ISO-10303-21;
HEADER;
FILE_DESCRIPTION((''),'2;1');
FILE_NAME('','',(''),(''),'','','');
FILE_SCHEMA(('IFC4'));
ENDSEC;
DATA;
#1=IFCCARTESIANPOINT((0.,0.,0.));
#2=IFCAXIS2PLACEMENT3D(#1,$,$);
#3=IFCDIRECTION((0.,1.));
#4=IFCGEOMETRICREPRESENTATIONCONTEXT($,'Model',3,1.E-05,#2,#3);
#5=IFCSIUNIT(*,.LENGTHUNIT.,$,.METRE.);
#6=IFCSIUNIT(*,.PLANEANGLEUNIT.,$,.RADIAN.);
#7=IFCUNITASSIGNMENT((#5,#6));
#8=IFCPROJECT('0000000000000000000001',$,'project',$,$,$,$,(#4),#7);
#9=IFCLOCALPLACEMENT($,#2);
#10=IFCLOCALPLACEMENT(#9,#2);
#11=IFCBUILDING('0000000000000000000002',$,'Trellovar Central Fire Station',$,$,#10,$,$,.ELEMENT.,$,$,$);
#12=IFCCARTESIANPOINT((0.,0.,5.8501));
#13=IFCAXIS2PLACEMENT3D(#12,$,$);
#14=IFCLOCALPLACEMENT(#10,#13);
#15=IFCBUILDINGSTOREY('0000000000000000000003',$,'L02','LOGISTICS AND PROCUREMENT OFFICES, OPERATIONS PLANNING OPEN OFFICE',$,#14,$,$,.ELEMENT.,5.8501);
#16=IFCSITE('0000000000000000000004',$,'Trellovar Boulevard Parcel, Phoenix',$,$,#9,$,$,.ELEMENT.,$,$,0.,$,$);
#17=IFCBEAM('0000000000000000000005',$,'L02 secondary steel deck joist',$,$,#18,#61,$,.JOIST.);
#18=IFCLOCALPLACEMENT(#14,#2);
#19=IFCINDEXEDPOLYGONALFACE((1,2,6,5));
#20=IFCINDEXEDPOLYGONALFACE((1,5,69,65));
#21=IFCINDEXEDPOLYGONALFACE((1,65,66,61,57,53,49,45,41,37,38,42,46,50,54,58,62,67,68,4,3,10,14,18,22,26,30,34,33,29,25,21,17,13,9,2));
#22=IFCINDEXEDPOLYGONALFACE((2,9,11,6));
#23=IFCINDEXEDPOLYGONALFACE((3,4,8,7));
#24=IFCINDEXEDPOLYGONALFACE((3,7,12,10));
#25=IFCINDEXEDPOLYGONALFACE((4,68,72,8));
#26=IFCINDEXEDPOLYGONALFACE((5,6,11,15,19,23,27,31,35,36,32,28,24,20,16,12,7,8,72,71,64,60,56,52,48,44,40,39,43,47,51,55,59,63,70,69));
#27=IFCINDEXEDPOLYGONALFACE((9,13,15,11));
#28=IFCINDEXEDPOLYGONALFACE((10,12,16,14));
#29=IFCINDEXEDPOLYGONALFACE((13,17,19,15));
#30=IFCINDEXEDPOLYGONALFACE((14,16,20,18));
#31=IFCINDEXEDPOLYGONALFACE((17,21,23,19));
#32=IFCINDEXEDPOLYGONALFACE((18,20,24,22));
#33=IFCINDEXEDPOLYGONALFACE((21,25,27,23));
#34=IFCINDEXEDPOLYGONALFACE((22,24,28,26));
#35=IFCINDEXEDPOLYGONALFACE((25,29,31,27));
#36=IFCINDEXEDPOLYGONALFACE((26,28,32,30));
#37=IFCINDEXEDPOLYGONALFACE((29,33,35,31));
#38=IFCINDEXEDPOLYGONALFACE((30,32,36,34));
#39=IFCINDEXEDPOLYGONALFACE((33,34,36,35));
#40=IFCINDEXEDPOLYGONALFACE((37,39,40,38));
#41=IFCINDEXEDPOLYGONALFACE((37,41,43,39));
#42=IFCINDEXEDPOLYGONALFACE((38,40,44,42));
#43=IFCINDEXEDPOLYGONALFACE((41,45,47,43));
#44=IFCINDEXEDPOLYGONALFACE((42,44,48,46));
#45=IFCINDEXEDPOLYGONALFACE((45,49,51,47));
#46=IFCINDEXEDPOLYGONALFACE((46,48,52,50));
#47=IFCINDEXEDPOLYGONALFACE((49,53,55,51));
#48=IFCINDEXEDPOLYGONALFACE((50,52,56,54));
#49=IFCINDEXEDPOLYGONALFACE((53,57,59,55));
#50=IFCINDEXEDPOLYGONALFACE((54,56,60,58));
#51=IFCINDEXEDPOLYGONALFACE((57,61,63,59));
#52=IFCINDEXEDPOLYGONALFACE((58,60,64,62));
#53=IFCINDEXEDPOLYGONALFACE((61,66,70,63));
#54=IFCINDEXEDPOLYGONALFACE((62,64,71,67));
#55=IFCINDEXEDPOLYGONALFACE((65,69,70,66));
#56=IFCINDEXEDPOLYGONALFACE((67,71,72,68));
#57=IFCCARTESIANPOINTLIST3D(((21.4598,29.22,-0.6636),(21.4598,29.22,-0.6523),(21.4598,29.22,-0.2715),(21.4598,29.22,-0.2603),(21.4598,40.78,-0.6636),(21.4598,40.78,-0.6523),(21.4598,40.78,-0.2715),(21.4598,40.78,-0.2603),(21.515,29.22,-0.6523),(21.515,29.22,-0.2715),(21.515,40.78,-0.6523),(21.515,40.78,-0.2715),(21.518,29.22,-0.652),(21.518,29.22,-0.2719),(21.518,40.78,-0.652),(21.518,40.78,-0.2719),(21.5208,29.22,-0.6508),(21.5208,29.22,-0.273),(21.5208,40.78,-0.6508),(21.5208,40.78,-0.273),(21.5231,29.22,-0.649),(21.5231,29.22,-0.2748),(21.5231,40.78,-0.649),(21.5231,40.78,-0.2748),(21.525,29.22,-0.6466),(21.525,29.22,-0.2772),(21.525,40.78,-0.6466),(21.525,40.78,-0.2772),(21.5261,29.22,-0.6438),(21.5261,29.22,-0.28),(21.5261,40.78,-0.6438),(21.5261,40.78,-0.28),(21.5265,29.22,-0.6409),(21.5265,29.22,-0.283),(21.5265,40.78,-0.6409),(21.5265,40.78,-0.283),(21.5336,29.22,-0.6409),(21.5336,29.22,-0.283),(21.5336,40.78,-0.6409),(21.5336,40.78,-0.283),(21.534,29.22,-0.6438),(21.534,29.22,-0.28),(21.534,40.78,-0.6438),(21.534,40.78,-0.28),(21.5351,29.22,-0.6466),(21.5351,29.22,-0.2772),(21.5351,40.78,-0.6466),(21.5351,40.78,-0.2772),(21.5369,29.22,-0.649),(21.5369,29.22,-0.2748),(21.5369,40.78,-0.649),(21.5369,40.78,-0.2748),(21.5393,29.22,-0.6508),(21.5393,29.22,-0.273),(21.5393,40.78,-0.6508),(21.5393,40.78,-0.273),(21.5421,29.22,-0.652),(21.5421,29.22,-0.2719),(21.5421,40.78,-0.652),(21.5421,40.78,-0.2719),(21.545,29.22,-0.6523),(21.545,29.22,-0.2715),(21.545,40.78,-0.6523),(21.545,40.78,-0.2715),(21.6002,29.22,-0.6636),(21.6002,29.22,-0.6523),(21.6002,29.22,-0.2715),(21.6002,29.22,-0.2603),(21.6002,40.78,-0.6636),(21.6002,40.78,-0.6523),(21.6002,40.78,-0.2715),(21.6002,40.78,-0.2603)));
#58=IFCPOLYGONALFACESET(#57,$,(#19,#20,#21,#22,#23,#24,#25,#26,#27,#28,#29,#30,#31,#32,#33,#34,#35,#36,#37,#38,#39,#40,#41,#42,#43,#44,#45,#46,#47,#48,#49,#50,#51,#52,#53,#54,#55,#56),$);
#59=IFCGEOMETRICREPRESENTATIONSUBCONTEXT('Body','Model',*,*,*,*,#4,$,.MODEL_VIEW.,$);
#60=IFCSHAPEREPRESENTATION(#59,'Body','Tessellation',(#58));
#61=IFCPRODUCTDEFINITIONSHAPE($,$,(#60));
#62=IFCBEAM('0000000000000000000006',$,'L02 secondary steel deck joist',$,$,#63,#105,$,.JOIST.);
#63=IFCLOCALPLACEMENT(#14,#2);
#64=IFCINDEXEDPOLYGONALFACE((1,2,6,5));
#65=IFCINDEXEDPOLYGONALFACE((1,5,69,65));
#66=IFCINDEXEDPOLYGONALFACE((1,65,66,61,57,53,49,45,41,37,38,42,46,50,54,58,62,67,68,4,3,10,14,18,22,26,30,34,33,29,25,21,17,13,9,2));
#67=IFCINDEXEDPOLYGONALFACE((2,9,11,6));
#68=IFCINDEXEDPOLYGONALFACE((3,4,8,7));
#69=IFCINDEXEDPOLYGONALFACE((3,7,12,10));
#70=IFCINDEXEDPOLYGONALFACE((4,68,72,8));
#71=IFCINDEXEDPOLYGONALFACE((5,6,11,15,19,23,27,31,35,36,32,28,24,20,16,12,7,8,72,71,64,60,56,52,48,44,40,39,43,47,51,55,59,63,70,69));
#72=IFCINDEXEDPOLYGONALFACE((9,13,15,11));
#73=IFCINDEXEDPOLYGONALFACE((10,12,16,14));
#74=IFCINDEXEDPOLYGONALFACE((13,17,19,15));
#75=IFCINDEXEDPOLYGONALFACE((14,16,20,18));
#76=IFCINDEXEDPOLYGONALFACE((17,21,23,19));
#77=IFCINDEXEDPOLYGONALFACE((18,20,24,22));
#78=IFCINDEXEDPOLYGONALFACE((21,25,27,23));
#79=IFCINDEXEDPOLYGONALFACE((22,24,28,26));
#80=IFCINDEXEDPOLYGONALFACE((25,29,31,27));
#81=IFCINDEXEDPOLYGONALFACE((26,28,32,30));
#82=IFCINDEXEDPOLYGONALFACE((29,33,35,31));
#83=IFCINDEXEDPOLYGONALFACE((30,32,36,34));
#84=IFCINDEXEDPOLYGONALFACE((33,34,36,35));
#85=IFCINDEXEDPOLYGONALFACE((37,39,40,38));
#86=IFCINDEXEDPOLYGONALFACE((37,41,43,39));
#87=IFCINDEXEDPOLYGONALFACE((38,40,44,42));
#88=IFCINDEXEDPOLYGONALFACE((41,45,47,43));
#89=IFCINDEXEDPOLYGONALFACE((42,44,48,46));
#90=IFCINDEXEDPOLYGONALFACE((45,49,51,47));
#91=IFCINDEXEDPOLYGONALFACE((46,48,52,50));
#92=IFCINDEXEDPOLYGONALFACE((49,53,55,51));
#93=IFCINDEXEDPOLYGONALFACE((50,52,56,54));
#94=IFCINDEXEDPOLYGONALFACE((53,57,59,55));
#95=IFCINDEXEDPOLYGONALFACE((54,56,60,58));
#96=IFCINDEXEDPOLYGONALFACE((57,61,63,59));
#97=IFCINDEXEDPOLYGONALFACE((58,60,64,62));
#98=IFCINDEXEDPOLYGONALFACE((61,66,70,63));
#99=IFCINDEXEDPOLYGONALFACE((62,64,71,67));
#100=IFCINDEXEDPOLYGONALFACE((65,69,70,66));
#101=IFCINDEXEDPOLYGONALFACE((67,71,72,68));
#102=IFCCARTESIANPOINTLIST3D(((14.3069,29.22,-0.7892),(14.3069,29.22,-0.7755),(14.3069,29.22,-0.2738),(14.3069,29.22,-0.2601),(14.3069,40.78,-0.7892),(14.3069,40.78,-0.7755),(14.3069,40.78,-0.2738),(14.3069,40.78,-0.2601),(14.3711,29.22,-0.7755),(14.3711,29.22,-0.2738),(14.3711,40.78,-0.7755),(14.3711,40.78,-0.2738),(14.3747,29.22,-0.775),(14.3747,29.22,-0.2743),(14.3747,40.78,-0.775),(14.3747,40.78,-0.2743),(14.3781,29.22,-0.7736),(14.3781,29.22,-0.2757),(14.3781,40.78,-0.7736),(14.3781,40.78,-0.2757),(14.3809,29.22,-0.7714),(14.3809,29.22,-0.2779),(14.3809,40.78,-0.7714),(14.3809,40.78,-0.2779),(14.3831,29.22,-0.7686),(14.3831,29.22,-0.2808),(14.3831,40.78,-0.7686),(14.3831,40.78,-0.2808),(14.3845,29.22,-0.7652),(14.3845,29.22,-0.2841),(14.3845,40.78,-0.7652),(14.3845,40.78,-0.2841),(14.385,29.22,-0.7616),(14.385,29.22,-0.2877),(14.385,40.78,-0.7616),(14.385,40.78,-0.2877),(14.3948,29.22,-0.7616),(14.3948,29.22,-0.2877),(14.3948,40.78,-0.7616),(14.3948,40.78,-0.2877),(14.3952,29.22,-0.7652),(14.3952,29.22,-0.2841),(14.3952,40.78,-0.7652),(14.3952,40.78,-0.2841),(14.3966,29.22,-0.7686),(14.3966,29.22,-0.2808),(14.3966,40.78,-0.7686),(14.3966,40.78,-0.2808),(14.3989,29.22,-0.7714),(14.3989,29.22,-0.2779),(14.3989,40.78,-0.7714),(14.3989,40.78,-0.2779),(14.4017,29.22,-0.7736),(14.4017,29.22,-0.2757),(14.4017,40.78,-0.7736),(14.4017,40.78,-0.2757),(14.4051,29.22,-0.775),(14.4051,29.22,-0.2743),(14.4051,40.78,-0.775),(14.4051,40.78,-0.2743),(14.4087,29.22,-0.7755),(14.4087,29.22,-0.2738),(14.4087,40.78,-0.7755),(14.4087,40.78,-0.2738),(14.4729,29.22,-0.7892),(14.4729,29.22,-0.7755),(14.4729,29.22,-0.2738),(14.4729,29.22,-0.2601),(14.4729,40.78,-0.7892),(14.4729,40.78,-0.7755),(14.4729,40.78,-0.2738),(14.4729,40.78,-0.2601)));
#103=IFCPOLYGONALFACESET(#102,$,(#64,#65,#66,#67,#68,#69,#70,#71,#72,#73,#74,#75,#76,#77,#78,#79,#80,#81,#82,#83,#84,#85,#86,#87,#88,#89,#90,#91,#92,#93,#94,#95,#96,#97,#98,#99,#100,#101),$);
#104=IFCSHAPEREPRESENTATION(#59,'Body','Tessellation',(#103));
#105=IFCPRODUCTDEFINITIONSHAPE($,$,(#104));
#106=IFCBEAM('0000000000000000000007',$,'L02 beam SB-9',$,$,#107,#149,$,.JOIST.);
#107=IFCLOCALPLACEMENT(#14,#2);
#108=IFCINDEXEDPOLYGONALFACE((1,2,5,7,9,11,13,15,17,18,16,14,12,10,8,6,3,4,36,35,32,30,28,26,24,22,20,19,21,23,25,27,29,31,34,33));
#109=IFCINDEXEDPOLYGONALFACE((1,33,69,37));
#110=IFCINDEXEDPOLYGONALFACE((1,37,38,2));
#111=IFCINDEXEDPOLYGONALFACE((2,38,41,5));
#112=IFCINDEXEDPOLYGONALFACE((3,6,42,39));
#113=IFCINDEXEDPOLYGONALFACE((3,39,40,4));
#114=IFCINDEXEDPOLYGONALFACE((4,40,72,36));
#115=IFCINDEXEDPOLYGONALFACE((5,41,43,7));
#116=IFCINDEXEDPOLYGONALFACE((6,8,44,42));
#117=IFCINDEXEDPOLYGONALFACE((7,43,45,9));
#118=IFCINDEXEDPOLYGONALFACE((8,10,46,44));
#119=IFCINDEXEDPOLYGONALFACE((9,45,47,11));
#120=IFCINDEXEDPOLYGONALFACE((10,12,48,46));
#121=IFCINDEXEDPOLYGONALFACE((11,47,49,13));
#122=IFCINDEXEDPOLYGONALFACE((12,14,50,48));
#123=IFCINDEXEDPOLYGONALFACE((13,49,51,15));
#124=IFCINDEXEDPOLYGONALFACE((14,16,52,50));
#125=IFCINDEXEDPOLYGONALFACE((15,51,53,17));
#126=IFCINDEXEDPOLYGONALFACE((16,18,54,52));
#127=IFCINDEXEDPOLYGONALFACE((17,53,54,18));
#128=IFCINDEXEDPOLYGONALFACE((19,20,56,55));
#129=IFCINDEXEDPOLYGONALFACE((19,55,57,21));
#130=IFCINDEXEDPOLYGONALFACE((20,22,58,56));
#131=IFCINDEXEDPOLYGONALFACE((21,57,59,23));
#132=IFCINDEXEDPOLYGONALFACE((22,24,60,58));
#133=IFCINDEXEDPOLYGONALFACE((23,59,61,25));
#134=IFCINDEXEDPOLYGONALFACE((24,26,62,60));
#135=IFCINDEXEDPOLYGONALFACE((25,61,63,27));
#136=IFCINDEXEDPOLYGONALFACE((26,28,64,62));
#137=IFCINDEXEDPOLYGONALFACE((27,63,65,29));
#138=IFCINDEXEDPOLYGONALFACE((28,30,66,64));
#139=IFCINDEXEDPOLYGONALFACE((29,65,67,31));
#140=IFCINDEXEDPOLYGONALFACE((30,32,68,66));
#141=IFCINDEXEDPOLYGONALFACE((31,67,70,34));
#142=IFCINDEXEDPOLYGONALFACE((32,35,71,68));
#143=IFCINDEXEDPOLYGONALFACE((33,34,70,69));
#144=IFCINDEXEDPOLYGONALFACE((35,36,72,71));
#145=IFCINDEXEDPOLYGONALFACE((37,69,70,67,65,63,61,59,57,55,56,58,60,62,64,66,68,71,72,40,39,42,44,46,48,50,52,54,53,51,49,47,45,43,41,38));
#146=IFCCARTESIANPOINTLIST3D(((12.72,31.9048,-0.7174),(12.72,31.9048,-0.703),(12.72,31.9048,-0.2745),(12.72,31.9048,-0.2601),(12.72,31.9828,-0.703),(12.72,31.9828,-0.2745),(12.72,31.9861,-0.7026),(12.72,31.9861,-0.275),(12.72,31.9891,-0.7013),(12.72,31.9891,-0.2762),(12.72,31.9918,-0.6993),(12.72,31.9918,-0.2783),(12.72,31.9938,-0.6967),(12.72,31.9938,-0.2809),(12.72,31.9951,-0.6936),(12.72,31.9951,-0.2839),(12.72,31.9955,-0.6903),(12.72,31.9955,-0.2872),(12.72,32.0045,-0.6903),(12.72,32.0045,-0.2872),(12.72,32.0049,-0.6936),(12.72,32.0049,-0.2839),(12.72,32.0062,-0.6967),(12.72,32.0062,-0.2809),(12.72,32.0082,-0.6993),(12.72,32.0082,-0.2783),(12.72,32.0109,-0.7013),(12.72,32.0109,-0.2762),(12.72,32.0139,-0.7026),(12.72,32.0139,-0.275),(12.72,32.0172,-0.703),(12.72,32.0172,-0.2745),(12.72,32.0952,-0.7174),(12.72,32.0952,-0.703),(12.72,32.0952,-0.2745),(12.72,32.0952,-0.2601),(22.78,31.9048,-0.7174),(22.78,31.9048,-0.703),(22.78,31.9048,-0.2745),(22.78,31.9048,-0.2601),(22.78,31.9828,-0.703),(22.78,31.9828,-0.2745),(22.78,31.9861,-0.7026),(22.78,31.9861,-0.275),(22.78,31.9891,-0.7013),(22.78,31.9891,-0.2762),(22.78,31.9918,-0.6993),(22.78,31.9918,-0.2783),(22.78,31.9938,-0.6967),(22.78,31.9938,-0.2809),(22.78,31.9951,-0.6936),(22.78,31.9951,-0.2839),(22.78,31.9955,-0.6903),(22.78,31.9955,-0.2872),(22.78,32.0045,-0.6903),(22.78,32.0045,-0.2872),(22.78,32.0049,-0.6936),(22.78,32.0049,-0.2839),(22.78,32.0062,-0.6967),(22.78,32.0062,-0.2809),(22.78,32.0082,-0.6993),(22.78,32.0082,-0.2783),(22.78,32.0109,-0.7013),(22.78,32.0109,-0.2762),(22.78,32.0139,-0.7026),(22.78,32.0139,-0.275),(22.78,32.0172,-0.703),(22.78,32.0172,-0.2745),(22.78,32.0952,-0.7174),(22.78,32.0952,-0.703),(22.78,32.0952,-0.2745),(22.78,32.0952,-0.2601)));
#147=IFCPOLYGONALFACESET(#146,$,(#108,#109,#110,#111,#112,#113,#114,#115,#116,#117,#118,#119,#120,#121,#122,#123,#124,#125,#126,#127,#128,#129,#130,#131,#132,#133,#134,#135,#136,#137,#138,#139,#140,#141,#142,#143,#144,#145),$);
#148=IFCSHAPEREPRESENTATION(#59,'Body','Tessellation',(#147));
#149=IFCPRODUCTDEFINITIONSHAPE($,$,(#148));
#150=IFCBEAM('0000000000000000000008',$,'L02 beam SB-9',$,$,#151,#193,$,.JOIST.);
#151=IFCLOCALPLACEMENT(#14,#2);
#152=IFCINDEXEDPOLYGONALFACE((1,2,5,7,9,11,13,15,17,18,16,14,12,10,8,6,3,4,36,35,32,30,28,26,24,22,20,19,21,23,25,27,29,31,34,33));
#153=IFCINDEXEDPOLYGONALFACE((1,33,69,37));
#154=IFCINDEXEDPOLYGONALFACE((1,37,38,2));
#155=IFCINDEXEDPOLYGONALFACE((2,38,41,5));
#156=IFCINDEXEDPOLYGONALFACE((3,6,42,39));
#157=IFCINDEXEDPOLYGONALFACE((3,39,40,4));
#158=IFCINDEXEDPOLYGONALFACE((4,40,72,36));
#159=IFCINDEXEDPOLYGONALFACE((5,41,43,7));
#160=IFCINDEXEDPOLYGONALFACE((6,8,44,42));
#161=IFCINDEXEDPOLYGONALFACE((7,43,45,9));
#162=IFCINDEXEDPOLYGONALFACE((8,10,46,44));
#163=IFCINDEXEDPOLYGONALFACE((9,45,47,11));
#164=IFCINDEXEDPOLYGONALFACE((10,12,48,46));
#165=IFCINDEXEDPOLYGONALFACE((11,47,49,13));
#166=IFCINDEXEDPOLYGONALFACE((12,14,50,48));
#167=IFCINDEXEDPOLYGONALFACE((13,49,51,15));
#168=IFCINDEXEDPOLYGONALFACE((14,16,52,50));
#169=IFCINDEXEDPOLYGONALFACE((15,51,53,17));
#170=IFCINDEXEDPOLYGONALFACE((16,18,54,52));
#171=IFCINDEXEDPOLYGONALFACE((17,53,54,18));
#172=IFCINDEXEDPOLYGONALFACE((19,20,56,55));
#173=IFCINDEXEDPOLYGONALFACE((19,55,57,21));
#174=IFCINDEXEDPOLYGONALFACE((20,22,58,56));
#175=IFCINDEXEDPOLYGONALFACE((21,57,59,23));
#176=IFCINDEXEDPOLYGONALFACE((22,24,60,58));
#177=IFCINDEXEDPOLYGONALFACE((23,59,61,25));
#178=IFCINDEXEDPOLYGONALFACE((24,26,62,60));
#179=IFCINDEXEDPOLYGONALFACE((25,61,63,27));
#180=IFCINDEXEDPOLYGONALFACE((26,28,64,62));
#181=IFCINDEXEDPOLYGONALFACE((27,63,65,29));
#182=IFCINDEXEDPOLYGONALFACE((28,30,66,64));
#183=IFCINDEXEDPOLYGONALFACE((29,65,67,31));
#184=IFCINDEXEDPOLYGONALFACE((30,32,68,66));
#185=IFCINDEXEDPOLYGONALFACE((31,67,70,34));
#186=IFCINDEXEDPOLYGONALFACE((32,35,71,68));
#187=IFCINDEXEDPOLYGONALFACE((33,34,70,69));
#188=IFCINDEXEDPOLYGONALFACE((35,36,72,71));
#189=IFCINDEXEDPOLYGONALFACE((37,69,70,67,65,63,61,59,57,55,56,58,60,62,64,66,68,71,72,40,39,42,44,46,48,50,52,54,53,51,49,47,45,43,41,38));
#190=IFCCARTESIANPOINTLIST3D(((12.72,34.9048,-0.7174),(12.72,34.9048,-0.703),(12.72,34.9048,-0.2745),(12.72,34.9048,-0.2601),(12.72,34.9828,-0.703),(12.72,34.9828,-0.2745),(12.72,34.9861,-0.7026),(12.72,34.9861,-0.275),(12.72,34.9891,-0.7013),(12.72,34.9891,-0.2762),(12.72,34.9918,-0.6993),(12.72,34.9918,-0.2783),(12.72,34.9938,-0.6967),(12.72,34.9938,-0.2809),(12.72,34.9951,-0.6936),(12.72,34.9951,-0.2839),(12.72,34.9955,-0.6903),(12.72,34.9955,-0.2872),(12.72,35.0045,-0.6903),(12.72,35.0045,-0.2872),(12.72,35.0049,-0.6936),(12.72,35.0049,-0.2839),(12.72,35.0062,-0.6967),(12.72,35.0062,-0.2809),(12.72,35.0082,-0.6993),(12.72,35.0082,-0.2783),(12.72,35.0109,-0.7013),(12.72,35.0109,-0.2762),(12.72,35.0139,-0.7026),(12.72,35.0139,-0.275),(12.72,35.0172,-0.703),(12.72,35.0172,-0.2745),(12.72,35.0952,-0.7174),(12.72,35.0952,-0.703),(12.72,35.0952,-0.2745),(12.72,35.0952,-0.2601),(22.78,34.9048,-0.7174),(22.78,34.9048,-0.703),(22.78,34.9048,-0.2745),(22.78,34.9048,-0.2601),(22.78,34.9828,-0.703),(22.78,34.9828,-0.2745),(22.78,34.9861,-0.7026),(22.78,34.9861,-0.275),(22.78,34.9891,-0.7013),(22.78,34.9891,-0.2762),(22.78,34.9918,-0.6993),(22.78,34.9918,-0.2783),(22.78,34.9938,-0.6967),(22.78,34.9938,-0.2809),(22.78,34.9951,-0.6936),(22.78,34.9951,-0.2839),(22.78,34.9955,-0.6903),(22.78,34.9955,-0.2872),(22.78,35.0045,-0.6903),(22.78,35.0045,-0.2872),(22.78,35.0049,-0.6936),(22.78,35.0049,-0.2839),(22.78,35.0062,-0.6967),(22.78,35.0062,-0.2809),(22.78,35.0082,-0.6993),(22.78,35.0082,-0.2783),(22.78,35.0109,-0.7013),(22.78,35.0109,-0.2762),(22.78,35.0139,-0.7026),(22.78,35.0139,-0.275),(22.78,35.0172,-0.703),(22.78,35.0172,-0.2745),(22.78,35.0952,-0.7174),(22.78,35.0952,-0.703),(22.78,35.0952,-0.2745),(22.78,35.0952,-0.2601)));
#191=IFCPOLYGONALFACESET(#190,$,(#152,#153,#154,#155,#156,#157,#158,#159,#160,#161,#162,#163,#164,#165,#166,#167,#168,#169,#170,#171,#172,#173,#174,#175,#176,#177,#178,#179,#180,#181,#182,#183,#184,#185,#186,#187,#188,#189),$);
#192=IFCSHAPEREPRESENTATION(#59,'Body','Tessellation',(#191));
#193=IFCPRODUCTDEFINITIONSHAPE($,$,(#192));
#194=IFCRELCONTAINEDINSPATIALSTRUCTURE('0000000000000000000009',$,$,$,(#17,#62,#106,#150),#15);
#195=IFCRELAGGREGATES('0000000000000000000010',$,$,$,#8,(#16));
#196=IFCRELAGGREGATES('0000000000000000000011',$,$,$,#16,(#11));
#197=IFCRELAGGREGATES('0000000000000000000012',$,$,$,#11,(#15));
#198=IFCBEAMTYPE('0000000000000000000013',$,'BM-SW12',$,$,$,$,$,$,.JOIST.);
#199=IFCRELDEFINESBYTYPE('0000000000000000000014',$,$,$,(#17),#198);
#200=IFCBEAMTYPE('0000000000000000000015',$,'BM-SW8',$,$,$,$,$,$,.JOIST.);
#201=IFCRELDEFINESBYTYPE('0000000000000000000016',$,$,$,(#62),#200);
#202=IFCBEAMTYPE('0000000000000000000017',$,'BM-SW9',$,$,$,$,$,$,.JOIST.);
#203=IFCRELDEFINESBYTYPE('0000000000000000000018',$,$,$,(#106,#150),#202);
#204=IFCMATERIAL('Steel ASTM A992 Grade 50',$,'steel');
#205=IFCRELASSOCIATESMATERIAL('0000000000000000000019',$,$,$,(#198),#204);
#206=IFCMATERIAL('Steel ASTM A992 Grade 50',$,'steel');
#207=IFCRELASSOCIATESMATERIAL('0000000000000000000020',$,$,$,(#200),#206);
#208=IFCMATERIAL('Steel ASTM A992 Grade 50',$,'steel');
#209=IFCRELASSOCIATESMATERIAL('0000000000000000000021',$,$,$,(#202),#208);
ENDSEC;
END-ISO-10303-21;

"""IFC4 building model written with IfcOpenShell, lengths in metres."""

from ifc_helpers import new_model, si_unit, direction, frame, origin, origin_2d, place, context, subcontext, project, spatial, i_section, extrude, material, material_profile, profile_set, type_object, element, save


model = new_model("IFC4")

# Units and contexts
model_context = context("Model", 3, precision=1e-05, world=origin(), true_north=direction((0.0, 1.0)))
body_context = subcontext(model_context, "Body", "Model", "MODEL_VIEW")
ifc_project = project(units=[si_unit("LENGTHUNIT", "METRE"), si_unit("PLANEANGLEUNIT", "RADIAN")], contexts=[model_context])

# Site, building, storey
site_placement = place(None, origin())
site = spatial("IfcSite", under=ifc_project, at=site_placement, Name="Trellovar Boulevard Parcel, Phoenix", CompositionType="ELEMENT", RefElevation=0.0)
building_placement = place(site_placement, origin())
building = spatial("IfcBuilding", under=site, at=building_placement, Name="Trellovar Central Fire Station", CompositionType="ELEMENT")
storey_placement = place(building_placement, frame((0.0, 0.0, 5.8501)))
storey = spatial("IfcBuildingStorey", under=building, at=storey_placement, Name="L02", Description="LOGISTICS AND PROCUREMENT OFFICES, OPERATIONS PLANNING OPEN OFFICE", CompositionType="ELEMENT", Elevation=5.8501)

# Beams
ifc_material_1 = material(Name="Steel ASTM A992 Grade 50", Category="steel")
ifc_material_profile_1 = material_profile(ifc_material_1, i_section(OverallWidth=0.1404, OverallDepth=0.4033, WebThickness=0.0071, FlangeThickness=0.0112, FilletRadius=0.0115, at=origin_2d()), Name="W16X31")
ifc_profile_set_1 = profile_set([ifc_material_profile_1], Name="Steel ASTM A992 Grade 50")
beam_type_1 = type_object("IfcBeamType", Name="BM-SW12", PredefinedType="JOIST", material=ifc_profile_set_1)
beam_1_placement = place(storey_placement, frame((21.53, 29.22, -0.4619), z_axis=(0.0, 1.0, 0.0), x_axis=(-1.0, 0.0, 0.0)))
element("IfcBeam", 1, at=beam_1_placement, inside=storey, type_object=beam_type_1, Name="L02 secondary steel deck joist", PredefinedType="JOIST", context=body_context, shape_type="SweptSolid", body=[
    extrude(i_section(OverallWidth=0.1404, OverallDepth=0.4033, WebThickness=0.0071, FlangeThickness=0.0112, FilletRadius=0.0115, at=origin_2d()), origin(), (0.0, 0.0, 1.0), 11.5601),
])
ifc_material_2 = material(Name="Steel ASTM A992 Grade 50", Category="steel")
ifc_material_profile_2 = material_profile(ifc_material_2, i_section(OverallWidth=0.166, OverallDepth=0.5291, WebThickness=0.0098, FlangeThickness=0.0137, FilletRadius=0.0139, at=origin_2d()), Name="W21X50")
ifc_profile_set_2 = profile_set([ifc_material_profile_2], Name="Steel ASTM A992 Grade 50")
beam_type_2 = type_object("IfcBeamType", Name="BM-SW8", PredefinedType="JOIST", material=ifc_profile_set_2)
beam_2_placement = place(storey_placement, frame((14.3899, 29.22, -0.5247), z_axis=(0.0, 1.0, 0.0), x_axis=(-1.0, 0.0, 0.0)))
element("IfcBeam", 2, at=beam_2_placement, inside=storey, type_object=beam_type_2, Name="L02 secondary steel deck joist", PredefinedType="JOIST", context=body_context, shape_type="SweptSolid", body=[
    extrude(i_section(OverallWidth=0.166, OverallDepth=0.5291, WebThickness=0.0098, FlangeThickness=0.0137, FilletRadius=0.0139, at=origin_2d()), origin(), (0.0, 0.0, 1.0), 11.5601),
])
ifc_material_3 = material(Name="Steel ASTM A992 Grade 50", Category="steel")
ifc_material_profile_3 = material_profile(ifc_material_3, i_section(OverallWidth=0.1904, OverallDepth=0.4573, WebThickness=0.009, FlangeThickness=0.0144, FilletRadius=0.0127, at=origin_2d()), Name="W18X50")
ifc_profile_set_3 = profile_set([ifc_material_profile_3], Name="Steel ASTM A992 Grade 50")
beam_type_3 = type_object("IfcBeamType", Name="BM-SW9", PredefinedType="JOIST", material=ifc_profile_set_3)
for number, where, z_axis, x_axis, name in (
    (3, (12.72, 32.0, -0.4888), (1.0, 0.0, 0.0), (0.0, 1.0, 0.0), "L02 beam SB-9"),
    (4, (12.72, 35.0, -0.4888), (1.0, 0.0, 0.0), (0.0, 1.0, 0.0), "L02 beam SB-9"),
):
    element("IfcBeam", number, at=place(storey_placement, frame(where, z_axis=z_axis, x_axis=x_axis)), inside=storey, type_object=beam_type_3, Name=name, PredefinedType="JOIST", context=body_context, shape_type="SweptSolid", body=[
        extrude(i_section(OverallWidth=0.1904, OverallDepth=0.4573, WebThickness=0.009, FlangeThickness=0.0144, FilletRadius=0.0127, at=origin_2d()), origin(), (0.0, 0.0, 1.0), 10.0601),
    ])

save(model, "model.ifc")
